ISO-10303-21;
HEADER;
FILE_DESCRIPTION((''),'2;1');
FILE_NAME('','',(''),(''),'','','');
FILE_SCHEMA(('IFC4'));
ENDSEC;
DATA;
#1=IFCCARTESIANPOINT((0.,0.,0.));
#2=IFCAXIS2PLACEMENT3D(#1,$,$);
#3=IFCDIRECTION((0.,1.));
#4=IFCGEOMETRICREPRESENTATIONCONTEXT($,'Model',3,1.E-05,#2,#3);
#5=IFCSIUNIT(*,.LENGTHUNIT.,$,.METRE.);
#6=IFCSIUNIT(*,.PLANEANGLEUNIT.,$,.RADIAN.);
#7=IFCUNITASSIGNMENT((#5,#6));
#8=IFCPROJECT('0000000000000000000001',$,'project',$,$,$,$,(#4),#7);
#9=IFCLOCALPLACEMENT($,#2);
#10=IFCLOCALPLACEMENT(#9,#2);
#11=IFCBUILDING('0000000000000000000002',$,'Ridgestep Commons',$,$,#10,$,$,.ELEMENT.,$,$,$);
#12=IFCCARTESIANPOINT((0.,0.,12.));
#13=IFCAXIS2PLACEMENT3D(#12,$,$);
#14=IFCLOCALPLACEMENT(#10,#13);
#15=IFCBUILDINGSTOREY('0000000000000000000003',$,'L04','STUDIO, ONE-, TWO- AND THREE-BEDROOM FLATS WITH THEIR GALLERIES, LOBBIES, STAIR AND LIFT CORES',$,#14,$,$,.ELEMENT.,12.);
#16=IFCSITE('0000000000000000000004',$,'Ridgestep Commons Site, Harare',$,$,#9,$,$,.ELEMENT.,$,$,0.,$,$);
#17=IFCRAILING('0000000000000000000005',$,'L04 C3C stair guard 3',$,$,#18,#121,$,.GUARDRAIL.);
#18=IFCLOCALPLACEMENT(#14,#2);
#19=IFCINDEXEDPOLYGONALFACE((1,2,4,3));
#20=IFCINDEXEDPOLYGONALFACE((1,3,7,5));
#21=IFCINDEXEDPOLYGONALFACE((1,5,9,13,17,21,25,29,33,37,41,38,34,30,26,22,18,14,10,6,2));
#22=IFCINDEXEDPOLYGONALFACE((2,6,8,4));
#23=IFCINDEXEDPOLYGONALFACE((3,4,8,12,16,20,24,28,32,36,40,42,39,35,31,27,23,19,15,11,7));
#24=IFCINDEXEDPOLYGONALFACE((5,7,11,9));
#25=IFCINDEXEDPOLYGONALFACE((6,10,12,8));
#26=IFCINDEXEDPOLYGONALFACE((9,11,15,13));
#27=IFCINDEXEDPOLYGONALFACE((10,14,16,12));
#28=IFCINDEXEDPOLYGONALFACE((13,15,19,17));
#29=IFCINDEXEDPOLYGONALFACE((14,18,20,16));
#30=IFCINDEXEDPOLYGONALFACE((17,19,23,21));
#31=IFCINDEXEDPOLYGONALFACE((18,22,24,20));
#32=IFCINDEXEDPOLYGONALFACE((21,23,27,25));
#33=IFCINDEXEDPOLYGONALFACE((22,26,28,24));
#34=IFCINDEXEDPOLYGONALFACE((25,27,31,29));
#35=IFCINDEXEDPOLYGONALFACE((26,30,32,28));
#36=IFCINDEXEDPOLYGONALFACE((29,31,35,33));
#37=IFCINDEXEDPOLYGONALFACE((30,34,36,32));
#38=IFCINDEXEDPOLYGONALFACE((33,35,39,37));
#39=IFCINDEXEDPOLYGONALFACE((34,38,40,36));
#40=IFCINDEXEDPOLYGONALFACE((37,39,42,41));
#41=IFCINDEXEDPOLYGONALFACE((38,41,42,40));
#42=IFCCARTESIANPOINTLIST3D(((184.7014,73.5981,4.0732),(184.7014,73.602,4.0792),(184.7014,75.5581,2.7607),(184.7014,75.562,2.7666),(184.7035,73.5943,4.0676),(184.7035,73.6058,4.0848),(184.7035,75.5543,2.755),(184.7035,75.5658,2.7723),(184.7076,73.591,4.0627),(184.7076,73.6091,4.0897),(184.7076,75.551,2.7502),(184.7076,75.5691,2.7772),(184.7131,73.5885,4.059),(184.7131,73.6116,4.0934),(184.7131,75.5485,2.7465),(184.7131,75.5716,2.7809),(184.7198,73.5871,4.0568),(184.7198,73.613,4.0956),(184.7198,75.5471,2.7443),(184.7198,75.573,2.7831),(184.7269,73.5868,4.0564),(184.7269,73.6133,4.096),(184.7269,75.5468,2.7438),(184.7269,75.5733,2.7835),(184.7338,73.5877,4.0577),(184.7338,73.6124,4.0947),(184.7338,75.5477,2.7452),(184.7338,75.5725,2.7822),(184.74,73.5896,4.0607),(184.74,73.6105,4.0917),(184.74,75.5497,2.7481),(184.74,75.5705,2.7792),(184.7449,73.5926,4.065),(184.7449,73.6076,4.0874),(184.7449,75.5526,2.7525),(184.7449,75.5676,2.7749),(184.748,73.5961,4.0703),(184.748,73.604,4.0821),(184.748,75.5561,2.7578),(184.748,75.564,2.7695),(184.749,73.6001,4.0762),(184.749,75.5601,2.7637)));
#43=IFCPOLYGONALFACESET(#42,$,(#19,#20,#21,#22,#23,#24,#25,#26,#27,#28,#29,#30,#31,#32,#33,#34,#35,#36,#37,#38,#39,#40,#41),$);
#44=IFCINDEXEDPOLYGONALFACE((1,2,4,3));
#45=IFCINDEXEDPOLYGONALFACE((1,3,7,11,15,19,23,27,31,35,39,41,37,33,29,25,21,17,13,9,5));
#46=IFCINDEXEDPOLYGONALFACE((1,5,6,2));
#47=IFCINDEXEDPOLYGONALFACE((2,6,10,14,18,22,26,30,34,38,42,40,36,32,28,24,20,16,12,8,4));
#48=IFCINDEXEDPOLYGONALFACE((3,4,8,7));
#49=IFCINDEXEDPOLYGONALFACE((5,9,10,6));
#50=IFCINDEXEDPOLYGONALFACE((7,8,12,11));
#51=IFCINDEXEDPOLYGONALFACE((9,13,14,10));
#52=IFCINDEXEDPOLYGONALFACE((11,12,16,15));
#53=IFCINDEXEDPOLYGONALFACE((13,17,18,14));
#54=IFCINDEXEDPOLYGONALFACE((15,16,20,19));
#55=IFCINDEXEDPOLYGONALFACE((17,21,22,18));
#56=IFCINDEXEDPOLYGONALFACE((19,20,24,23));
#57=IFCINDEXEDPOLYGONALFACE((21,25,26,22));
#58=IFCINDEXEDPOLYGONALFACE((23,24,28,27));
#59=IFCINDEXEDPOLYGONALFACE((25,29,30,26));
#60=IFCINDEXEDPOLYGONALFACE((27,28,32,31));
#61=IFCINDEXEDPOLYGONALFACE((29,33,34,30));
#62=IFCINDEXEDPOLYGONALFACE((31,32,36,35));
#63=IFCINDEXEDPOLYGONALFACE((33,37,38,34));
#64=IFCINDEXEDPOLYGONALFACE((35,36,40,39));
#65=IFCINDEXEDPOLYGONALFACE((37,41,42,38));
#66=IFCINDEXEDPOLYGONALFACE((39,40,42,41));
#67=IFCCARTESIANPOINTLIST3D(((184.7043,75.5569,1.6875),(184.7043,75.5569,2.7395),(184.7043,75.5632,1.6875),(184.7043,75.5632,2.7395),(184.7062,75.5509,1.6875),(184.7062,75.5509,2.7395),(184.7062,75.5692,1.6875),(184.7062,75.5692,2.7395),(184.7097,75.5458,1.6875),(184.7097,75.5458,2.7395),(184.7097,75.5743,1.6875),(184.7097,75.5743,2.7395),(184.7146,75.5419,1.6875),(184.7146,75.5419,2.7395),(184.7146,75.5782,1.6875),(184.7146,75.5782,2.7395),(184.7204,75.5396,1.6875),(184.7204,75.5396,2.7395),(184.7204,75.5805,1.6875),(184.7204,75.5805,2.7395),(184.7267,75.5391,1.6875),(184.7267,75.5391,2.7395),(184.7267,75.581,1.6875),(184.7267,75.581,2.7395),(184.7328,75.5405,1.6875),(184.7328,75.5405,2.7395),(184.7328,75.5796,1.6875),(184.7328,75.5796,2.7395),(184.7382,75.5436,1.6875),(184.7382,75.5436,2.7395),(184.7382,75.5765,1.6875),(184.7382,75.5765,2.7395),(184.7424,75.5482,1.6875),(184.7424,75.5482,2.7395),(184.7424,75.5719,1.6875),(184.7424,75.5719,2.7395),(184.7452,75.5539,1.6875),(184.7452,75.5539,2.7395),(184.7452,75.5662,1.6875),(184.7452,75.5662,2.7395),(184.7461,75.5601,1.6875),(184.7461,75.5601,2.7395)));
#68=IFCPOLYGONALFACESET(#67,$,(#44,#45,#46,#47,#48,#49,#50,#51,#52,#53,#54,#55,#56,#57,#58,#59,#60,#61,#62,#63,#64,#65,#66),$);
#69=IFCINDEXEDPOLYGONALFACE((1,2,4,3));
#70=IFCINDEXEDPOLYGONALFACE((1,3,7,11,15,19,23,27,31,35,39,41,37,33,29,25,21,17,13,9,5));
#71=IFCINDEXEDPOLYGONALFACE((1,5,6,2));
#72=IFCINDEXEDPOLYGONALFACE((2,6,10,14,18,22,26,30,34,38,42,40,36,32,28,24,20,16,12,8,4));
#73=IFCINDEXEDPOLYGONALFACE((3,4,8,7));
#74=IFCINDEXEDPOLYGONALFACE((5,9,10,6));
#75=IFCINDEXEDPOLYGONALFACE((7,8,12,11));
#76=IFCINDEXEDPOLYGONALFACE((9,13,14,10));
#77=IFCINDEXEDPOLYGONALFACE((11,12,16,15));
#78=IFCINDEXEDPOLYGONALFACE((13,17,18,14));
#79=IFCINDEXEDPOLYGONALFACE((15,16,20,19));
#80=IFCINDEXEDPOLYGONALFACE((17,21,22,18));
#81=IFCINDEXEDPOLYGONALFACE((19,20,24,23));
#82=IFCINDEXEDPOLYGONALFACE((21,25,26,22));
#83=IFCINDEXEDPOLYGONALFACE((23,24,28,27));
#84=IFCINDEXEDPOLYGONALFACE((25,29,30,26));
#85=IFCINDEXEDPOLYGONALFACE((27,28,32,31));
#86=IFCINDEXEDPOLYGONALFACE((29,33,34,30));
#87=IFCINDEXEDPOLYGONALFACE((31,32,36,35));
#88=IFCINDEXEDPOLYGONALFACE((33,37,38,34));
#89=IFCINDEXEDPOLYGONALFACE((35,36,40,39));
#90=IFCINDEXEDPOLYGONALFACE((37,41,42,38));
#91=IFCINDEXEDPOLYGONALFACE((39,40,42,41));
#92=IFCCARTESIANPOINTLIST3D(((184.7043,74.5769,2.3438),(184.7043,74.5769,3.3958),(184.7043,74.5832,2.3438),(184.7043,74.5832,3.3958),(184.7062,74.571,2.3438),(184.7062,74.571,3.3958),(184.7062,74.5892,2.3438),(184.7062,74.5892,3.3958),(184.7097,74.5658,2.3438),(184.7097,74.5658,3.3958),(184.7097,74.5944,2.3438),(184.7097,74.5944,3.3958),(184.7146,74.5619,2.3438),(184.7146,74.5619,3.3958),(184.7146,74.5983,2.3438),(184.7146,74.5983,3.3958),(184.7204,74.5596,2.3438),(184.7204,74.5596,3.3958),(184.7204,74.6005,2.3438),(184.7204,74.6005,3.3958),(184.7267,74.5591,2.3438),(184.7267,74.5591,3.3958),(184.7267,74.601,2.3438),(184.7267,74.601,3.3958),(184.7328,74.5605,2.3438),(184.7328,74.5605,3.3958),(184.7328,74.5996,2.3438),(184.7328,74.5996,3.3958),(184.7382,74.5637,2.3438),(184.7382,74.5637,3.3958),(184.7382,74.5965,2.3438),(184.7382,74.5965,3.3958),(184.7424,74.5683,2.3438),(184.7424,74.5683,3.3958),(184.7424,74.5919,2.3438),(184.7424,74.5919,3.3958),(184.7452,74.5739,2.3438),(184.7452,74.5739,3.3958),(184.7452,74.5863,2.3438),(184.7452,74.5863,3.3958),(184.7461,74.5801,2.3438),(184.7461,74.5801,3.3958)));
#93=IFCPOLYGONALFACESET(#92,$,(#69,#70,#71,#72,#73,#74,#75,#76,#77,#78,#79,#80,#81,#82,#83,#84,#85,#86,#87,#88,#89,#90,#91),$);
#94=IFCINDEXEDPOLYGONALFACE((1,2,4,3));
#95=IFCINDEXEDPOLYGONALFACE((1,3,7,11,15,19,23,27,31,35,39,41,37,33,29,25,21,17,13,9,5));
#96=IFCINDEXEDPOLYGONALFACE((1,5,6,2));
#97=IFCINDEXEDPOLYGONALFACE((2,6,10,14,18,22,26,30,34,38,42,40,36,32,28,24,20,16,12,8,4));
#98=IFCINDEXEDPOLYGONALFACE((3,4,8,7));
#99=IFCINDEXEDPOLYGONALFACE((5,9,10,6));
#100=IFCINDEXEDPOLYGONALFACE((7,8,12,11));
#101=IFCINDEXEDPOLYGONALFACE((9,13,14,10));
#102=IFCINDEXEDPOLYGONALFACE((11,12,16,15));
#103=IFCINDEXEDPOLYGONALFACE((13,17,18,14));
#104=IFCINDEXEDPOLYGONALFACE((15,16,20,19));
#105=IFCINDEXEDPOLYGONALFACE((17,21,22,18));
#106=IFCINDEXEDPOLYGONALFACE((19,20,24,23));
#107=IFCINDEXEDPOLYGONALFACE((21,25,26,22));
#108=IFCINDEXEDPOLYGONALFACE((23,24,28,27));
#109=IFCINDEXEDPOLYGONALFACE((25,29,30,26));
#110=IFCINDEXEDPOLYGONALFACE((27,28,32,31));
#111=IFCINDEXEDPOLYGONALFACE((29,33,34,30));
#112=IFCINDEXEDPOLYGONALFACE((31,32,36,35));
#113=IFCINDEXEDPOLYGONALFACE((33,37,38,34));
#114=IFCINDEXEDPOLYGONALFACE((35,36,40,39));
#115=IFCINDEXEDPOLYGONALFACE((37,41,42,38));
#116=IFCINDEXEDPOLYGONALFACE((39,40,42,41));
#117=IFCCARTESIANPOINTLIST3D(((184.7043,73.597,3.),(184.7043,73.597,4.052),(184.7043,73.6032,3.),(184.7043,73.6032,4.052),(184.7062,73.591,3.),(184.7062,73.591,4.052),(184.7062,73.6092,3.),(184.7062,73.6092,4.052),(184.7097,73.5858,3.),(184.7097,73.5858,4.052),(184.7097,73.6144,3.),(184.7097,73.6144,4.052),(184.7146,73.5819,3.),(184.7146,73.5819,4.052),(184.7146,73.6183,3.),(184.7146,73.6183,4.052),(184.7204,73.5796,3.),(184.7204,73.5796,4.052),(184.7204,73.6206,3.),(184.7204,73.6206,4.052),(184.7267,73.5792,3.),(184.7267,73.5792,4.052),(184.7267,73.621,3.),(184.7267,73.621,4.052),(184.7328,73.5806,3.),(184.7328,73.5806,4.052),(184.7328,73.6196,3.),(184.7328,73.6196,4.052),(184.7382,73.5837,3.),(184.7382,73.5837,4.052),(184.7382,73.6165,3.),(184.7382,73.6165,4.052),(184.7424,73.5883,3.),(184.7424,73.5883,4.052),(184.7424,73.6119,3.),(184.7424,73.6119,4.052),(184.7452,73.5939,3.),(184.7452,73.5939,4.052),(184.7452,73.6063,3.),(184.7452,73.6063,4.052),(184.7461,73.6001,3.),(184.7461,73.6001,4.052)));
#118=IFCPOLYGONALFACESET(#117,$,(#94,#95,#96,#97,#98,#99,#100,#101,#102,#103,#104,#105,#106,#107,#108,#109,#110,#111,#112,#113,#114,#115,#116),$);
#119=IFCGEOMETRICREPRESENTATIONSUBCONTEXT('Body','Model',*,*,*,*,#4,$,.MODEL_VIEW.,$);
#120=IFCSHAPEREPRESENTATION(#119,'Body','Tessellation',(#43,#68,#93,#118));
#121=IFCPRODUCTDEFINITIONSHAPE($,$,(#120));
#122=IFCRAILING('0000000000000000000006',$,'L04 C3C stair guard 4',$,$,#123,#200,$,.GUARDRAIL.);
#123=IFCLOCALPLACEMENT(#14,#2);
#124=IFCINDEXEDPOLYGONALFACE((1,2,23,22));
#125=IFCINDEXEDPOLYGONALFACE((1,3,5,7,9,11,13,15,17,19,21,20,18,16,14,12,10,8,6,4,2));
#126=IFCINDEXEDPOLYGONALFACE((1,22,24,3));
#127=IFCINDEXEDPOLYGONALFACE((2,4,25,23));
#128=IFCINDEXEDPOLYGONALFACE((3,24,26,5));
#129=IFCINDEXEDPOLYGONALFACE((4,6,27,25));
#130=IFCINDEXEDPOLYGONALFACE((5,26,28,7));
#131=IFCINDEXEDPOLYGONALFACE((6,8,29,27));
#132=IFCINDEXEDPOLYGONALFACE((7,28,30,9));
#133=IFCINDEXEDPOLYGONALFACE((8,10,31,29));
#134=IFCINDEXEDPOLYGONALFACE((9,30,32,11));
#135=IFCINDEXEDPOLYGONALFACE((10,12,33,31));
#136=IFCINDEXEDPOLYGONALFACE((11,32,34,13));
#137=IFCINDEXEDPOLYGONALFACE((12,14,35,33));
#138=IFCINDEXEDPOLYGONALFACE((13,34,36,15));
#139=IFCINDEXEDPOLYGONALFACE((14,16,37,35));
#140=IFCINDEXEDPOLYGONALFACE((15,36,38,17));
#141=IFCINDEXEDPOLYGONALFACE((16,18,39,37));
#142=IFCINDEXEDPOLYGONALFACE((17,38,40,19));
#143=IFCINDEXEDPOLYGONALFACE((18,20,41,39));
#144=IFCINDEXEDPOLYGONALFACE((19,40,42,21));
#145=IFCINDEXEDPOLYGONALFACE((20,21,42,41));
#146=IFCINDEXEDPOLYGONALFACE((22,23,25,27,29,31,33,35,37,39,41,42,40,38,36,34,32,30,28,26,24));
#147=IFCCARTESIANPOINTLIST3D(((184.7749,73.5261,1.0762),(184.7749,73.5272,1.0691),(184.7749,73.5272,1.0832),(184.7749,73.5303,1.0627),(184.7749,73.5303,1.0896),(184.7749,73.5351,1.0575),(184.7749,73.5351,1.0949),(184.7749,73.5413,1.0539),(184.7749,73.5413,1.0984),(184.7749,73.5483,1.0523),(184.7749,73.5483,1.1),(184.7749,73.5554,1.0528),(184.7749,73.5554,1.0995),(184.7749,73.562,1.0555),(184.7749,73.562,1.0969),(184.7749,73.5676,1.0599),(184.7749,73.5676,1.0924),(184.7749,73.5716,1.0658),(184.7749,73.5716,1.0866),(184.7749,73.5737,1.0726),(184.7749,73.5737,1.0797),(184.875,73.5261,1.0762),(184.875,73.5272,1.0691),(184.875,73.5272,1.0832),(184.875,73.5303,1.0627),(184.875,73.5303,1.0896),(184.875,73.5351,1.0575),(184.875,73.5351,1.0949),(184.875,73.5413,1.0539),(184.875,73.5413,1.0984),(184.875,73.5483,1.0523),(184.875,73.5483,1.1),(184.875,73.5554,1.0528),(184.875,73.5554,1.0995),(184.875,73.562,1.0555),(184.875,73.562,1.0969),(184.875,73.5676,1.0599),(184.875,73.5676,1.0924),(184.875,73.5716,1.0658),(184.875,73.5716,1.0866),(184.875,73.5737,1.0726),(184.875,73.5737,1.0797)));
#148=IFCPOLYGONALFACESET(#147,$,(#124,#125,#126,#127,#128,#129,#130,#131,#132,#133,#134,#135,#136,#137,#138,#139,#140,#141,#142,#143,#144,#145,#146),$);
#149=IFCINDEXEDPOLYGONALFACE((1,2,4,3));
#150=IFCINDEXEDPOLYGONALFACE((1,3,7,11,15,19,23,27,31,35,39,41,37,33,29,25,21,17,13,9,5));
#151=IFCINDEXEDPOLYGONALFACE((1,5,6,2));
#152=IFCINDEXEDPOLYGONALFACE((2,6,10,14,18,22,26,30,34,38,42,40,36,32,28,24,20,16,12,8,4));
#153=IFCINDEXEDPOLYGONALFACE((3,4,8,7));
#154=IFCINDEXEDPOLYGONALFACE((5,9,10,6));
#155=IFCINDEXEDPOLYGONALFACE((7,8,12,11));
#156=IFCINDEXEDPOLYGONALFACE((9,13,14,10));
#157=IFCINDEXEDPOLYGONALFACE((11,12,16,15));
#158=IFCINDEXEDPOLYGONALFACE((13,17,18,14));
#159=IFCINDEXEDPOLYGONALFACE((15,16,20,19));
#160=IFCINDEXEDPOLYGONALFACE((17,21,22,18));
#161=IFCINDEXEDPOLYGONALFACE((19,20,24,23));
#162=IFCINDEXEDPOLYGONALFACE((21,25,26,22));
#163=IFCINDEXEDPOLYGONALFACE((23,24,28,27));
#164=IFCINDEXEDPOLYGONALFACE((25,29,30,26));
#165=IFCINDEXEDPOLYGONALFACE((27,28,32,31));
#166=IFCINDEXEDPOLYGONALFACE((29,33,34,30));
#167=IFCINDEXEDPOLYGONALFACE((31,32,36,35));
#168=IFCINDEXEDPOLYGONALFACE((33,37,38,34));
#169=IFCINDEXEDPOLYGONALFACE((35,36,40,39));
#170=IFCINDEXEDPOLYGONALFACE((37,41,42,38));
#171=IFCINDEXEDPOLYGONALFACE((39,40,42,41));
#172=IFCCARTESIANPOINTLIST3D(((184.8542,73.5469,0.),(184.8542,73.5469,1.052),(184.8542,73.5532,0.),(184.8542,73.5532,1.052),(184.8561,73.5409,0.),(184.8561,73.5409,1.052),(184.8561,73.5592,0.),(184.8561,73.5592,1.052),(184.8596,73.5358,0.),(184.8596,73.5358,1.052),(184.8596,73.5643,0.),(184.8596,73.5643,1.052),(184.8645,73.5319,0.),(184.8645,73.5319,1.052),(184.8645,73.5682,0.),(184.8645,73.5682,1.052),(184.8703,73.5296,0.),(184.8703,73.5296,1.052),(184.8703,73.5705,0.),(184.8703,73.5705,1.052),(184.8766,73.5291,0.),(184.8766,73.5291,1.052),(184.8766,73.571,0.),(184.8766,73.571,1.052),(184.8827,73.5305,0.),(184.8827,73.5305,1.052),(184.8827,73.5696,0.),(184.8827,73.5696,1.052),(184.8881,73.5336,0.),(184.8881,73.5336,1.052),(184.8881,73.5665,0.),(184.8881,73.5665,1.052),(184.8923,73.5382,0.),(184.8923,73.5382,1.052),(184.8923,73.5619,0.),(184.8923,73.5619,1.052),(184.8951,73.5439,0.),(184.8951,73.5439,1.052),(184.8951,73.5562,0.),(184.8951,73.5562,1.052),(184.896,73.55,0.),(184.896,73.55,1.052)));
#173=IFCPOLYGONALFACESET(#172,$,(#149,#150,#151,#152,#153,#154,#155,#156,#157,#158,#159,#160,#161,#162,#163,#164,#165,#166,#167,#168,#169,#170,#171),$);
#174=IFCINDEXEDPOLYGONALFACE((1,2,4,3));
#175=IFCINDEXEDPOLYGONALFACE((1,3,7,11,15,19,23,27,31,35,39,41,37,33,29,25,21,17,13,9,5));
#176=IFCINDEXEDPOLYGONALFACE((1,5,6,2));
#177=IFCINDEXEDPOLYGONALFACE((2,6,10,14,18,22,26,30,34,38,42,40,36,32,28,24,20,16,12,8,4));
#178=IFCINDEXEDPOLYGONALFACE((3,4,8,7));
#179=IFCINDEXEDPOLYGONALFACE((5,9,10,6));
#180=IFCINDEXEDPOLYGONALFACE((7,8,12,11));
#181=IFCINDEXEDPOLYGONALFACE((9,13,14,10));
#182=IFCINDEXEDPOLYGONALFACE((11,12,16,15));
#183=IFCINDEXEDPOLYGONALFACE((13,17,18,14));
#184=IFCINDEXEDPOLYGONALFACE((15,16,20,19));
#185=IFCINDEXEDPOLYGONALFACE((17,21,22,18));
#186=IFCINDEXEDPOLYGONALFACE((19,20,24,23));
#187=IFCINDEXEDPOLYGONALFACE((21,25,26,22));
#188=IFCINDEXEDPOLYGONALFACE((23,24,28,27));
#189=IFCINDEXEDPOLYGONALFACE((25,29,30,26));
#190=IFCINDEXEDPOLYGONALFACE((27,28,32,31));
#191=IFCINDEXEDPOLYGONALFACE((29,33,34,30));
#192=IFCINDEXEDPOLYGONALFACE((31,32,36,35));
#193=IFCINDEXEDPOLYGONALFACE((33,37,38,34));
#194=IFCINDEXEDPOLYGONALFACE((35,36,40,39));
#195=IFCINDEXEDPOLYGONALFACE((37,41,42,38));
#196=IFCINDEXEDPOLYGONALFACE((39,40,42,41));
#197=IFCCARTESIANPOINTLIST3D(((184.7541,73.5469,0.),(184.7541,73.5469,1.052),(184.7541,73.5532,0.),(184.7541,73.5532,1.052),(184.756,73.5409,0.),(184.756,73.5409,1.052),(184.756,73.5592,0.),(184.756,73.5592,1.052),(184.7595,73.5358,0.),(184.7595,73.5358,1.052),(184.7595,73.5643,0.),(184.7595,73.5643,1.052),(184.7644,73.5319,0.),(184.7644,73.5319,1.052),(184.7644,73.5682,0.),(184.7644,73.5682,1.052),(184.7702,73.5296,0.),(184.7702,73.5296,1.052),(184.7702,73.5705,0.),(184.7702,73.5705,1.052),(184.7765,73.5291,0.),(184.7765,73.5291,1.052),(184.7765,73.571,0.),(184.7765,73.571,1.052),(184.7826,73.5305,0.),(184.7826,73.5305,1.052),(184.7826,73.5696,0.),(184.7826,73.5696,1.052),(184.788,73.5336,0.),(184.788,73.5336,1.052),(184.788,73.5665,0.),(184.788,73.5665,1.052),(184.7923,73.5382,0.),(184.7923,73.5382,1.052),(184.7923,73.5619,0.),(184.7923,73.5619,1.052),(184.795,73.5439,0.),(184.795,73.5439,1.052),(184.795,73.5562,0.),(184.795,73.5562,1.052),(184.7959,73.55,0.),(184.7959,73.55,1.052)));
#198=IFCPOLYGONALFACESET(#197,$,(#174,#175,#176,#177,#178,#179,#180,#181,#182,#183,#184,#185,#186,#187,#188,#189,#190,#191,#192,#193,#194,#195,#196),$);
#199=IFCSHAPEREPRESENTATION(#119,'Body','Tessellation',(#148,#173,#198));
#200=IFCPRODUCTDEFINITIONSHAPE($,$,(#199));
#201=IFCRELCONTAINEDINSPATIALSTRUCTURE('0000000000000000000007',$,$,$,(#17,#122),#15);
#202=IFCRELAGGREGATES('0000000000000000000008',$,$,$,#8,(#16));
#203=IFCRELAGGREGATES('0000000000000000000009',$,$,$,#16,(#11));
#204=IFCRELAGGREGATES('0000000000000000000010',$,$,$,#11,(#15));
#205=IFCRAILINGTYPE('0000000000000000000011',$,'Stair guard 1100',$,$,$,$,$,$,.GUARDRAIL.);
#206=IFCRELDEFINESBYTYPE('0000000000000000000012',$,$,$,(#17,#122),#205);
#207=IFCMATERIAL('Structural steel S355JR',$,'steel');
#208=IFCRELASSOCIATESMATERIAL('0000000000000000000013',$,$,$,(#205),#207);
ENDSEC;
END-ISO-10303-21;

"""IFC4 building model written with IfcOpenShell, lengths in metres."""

from ifc_helpers import new_model, si_unit, direction, frame, origin, origin_2d, place, context, subcontext, project, spatial, circle, extrude, material, type_object, element, save


model = new_model("IFC4")

# Units and contexts
model_context = context("Model", 3, precision=1e-05, world=origin(), true_north=direction((0.0, 1.0)))
body_context = subcontext(model_context, "Body", "Model", "MODEL_VIEW")
ifc_project = project(units=[si_unit("LENGTHUNIT", "METRE"), si_unit("PLANEANGLEUNIT", "RADIAN")], contexts=[model_context])

# Site, building, storey
site_placement = place(None, origin())
site = spatial("IfcSite", under=ifc_project, at=site_placement, Name="Ridgestep Commons Site, Harare", CompositionType="ELEMENT", RefElevation=0.0)
building_placement = place(site_placement, origin())
building = spatial("IfcBuilding", under=site, at=building_placement, Name="Ridgestep Commons", CompositionType="ELEMENT")
storey_placement = place(building_placement, frame((0.0, 0.0, 12.0)))
storey = spatial("IfcBuildingStorey", under=building, at=storey_placement, Name="L04", Description="STUDIO, ONE-, TWO- AND THREE-BEDROOM FLATS WITH THEIR GALLERIES, LOBBIES, STAIR AND LIFT CORES", CompositionType="ELEMENT", Elevation=12.0)

# Railings
ifc_material_1 = material(Name="Structural steel S355JR", Category="steel")
railing_type_1 = type_object("IfcRailingType", Name="Stair guard 1100", PredefinedType="GUARDRAIL", material=ifc_material_1)
railing_1_placement = place(storey_placement, frame((184.7251, 75.5601, 1.6875)))
element("IfcRailing", 1, at=railing_1_placement, inside=storey, type_object=railing_type_1, Name="L04 C3C stair guard 3", PredefinedType="GUARDRAIL", context=body_context, shape_type="SweptSolid", body=[
    extrude(circle(Radius=0.0239, at=origin_2d()), frame((0.0, 0.0, 1.0762), z_axis=(0.0, -0.830902, 0.556419), x_axis=(1.0, 0.0, 0.0)), (0.0, 0.0, 1.0), 2.3589),
    extrude(circle(Radius=0.021, at=origin_2d()), origin(), (0.0, 0.0, 1.0), 1.052),
    extrude(circle(Radius=0.021, at=origin_2d()), frame((0.0, -0.98, 0.6562)), (0.0, 0.0, 1.0), 1.052),
    extrude(circle(Radius=0.021, at=origin_2d()), frame((0.0, -1.96, 1.3125)), (0.0, 0.0, 1.0), 1.052),
])
railing_2_placement = place(storey_placement, frame((184.875, 73.55, 0.0)))
element("IfcRailing", 2, at=railing_2_placement, inside=storey, type_object=railing_type_1, Name="L04 C3C stair guard 4", PredefinedType="GUARDRAIL", context=body_context, shape_type="SweptSolid", body=[
    extrude(circle(Radius=0.0239, at=origin_2d()), frame((0.0, 0.0, 1.0762), z_axis=(-1.0, 0.0, 0.0), x_axis=(0.0, -1.0, 0.0)), (0.0, 0.0, 1.0), 0.1001),
    extrude(circle(Radius=0.021, at=origin_2d()), origin(), (0.0, 0.0, 1.0), 1.052),
    extrude(circle(Radius=0.021, at=origin_2d()), frame((-0.1001, 0.0, 0.0)), (0.0, 0.0, 1.0), 1.052),
])

save(model, "model.ifc")
